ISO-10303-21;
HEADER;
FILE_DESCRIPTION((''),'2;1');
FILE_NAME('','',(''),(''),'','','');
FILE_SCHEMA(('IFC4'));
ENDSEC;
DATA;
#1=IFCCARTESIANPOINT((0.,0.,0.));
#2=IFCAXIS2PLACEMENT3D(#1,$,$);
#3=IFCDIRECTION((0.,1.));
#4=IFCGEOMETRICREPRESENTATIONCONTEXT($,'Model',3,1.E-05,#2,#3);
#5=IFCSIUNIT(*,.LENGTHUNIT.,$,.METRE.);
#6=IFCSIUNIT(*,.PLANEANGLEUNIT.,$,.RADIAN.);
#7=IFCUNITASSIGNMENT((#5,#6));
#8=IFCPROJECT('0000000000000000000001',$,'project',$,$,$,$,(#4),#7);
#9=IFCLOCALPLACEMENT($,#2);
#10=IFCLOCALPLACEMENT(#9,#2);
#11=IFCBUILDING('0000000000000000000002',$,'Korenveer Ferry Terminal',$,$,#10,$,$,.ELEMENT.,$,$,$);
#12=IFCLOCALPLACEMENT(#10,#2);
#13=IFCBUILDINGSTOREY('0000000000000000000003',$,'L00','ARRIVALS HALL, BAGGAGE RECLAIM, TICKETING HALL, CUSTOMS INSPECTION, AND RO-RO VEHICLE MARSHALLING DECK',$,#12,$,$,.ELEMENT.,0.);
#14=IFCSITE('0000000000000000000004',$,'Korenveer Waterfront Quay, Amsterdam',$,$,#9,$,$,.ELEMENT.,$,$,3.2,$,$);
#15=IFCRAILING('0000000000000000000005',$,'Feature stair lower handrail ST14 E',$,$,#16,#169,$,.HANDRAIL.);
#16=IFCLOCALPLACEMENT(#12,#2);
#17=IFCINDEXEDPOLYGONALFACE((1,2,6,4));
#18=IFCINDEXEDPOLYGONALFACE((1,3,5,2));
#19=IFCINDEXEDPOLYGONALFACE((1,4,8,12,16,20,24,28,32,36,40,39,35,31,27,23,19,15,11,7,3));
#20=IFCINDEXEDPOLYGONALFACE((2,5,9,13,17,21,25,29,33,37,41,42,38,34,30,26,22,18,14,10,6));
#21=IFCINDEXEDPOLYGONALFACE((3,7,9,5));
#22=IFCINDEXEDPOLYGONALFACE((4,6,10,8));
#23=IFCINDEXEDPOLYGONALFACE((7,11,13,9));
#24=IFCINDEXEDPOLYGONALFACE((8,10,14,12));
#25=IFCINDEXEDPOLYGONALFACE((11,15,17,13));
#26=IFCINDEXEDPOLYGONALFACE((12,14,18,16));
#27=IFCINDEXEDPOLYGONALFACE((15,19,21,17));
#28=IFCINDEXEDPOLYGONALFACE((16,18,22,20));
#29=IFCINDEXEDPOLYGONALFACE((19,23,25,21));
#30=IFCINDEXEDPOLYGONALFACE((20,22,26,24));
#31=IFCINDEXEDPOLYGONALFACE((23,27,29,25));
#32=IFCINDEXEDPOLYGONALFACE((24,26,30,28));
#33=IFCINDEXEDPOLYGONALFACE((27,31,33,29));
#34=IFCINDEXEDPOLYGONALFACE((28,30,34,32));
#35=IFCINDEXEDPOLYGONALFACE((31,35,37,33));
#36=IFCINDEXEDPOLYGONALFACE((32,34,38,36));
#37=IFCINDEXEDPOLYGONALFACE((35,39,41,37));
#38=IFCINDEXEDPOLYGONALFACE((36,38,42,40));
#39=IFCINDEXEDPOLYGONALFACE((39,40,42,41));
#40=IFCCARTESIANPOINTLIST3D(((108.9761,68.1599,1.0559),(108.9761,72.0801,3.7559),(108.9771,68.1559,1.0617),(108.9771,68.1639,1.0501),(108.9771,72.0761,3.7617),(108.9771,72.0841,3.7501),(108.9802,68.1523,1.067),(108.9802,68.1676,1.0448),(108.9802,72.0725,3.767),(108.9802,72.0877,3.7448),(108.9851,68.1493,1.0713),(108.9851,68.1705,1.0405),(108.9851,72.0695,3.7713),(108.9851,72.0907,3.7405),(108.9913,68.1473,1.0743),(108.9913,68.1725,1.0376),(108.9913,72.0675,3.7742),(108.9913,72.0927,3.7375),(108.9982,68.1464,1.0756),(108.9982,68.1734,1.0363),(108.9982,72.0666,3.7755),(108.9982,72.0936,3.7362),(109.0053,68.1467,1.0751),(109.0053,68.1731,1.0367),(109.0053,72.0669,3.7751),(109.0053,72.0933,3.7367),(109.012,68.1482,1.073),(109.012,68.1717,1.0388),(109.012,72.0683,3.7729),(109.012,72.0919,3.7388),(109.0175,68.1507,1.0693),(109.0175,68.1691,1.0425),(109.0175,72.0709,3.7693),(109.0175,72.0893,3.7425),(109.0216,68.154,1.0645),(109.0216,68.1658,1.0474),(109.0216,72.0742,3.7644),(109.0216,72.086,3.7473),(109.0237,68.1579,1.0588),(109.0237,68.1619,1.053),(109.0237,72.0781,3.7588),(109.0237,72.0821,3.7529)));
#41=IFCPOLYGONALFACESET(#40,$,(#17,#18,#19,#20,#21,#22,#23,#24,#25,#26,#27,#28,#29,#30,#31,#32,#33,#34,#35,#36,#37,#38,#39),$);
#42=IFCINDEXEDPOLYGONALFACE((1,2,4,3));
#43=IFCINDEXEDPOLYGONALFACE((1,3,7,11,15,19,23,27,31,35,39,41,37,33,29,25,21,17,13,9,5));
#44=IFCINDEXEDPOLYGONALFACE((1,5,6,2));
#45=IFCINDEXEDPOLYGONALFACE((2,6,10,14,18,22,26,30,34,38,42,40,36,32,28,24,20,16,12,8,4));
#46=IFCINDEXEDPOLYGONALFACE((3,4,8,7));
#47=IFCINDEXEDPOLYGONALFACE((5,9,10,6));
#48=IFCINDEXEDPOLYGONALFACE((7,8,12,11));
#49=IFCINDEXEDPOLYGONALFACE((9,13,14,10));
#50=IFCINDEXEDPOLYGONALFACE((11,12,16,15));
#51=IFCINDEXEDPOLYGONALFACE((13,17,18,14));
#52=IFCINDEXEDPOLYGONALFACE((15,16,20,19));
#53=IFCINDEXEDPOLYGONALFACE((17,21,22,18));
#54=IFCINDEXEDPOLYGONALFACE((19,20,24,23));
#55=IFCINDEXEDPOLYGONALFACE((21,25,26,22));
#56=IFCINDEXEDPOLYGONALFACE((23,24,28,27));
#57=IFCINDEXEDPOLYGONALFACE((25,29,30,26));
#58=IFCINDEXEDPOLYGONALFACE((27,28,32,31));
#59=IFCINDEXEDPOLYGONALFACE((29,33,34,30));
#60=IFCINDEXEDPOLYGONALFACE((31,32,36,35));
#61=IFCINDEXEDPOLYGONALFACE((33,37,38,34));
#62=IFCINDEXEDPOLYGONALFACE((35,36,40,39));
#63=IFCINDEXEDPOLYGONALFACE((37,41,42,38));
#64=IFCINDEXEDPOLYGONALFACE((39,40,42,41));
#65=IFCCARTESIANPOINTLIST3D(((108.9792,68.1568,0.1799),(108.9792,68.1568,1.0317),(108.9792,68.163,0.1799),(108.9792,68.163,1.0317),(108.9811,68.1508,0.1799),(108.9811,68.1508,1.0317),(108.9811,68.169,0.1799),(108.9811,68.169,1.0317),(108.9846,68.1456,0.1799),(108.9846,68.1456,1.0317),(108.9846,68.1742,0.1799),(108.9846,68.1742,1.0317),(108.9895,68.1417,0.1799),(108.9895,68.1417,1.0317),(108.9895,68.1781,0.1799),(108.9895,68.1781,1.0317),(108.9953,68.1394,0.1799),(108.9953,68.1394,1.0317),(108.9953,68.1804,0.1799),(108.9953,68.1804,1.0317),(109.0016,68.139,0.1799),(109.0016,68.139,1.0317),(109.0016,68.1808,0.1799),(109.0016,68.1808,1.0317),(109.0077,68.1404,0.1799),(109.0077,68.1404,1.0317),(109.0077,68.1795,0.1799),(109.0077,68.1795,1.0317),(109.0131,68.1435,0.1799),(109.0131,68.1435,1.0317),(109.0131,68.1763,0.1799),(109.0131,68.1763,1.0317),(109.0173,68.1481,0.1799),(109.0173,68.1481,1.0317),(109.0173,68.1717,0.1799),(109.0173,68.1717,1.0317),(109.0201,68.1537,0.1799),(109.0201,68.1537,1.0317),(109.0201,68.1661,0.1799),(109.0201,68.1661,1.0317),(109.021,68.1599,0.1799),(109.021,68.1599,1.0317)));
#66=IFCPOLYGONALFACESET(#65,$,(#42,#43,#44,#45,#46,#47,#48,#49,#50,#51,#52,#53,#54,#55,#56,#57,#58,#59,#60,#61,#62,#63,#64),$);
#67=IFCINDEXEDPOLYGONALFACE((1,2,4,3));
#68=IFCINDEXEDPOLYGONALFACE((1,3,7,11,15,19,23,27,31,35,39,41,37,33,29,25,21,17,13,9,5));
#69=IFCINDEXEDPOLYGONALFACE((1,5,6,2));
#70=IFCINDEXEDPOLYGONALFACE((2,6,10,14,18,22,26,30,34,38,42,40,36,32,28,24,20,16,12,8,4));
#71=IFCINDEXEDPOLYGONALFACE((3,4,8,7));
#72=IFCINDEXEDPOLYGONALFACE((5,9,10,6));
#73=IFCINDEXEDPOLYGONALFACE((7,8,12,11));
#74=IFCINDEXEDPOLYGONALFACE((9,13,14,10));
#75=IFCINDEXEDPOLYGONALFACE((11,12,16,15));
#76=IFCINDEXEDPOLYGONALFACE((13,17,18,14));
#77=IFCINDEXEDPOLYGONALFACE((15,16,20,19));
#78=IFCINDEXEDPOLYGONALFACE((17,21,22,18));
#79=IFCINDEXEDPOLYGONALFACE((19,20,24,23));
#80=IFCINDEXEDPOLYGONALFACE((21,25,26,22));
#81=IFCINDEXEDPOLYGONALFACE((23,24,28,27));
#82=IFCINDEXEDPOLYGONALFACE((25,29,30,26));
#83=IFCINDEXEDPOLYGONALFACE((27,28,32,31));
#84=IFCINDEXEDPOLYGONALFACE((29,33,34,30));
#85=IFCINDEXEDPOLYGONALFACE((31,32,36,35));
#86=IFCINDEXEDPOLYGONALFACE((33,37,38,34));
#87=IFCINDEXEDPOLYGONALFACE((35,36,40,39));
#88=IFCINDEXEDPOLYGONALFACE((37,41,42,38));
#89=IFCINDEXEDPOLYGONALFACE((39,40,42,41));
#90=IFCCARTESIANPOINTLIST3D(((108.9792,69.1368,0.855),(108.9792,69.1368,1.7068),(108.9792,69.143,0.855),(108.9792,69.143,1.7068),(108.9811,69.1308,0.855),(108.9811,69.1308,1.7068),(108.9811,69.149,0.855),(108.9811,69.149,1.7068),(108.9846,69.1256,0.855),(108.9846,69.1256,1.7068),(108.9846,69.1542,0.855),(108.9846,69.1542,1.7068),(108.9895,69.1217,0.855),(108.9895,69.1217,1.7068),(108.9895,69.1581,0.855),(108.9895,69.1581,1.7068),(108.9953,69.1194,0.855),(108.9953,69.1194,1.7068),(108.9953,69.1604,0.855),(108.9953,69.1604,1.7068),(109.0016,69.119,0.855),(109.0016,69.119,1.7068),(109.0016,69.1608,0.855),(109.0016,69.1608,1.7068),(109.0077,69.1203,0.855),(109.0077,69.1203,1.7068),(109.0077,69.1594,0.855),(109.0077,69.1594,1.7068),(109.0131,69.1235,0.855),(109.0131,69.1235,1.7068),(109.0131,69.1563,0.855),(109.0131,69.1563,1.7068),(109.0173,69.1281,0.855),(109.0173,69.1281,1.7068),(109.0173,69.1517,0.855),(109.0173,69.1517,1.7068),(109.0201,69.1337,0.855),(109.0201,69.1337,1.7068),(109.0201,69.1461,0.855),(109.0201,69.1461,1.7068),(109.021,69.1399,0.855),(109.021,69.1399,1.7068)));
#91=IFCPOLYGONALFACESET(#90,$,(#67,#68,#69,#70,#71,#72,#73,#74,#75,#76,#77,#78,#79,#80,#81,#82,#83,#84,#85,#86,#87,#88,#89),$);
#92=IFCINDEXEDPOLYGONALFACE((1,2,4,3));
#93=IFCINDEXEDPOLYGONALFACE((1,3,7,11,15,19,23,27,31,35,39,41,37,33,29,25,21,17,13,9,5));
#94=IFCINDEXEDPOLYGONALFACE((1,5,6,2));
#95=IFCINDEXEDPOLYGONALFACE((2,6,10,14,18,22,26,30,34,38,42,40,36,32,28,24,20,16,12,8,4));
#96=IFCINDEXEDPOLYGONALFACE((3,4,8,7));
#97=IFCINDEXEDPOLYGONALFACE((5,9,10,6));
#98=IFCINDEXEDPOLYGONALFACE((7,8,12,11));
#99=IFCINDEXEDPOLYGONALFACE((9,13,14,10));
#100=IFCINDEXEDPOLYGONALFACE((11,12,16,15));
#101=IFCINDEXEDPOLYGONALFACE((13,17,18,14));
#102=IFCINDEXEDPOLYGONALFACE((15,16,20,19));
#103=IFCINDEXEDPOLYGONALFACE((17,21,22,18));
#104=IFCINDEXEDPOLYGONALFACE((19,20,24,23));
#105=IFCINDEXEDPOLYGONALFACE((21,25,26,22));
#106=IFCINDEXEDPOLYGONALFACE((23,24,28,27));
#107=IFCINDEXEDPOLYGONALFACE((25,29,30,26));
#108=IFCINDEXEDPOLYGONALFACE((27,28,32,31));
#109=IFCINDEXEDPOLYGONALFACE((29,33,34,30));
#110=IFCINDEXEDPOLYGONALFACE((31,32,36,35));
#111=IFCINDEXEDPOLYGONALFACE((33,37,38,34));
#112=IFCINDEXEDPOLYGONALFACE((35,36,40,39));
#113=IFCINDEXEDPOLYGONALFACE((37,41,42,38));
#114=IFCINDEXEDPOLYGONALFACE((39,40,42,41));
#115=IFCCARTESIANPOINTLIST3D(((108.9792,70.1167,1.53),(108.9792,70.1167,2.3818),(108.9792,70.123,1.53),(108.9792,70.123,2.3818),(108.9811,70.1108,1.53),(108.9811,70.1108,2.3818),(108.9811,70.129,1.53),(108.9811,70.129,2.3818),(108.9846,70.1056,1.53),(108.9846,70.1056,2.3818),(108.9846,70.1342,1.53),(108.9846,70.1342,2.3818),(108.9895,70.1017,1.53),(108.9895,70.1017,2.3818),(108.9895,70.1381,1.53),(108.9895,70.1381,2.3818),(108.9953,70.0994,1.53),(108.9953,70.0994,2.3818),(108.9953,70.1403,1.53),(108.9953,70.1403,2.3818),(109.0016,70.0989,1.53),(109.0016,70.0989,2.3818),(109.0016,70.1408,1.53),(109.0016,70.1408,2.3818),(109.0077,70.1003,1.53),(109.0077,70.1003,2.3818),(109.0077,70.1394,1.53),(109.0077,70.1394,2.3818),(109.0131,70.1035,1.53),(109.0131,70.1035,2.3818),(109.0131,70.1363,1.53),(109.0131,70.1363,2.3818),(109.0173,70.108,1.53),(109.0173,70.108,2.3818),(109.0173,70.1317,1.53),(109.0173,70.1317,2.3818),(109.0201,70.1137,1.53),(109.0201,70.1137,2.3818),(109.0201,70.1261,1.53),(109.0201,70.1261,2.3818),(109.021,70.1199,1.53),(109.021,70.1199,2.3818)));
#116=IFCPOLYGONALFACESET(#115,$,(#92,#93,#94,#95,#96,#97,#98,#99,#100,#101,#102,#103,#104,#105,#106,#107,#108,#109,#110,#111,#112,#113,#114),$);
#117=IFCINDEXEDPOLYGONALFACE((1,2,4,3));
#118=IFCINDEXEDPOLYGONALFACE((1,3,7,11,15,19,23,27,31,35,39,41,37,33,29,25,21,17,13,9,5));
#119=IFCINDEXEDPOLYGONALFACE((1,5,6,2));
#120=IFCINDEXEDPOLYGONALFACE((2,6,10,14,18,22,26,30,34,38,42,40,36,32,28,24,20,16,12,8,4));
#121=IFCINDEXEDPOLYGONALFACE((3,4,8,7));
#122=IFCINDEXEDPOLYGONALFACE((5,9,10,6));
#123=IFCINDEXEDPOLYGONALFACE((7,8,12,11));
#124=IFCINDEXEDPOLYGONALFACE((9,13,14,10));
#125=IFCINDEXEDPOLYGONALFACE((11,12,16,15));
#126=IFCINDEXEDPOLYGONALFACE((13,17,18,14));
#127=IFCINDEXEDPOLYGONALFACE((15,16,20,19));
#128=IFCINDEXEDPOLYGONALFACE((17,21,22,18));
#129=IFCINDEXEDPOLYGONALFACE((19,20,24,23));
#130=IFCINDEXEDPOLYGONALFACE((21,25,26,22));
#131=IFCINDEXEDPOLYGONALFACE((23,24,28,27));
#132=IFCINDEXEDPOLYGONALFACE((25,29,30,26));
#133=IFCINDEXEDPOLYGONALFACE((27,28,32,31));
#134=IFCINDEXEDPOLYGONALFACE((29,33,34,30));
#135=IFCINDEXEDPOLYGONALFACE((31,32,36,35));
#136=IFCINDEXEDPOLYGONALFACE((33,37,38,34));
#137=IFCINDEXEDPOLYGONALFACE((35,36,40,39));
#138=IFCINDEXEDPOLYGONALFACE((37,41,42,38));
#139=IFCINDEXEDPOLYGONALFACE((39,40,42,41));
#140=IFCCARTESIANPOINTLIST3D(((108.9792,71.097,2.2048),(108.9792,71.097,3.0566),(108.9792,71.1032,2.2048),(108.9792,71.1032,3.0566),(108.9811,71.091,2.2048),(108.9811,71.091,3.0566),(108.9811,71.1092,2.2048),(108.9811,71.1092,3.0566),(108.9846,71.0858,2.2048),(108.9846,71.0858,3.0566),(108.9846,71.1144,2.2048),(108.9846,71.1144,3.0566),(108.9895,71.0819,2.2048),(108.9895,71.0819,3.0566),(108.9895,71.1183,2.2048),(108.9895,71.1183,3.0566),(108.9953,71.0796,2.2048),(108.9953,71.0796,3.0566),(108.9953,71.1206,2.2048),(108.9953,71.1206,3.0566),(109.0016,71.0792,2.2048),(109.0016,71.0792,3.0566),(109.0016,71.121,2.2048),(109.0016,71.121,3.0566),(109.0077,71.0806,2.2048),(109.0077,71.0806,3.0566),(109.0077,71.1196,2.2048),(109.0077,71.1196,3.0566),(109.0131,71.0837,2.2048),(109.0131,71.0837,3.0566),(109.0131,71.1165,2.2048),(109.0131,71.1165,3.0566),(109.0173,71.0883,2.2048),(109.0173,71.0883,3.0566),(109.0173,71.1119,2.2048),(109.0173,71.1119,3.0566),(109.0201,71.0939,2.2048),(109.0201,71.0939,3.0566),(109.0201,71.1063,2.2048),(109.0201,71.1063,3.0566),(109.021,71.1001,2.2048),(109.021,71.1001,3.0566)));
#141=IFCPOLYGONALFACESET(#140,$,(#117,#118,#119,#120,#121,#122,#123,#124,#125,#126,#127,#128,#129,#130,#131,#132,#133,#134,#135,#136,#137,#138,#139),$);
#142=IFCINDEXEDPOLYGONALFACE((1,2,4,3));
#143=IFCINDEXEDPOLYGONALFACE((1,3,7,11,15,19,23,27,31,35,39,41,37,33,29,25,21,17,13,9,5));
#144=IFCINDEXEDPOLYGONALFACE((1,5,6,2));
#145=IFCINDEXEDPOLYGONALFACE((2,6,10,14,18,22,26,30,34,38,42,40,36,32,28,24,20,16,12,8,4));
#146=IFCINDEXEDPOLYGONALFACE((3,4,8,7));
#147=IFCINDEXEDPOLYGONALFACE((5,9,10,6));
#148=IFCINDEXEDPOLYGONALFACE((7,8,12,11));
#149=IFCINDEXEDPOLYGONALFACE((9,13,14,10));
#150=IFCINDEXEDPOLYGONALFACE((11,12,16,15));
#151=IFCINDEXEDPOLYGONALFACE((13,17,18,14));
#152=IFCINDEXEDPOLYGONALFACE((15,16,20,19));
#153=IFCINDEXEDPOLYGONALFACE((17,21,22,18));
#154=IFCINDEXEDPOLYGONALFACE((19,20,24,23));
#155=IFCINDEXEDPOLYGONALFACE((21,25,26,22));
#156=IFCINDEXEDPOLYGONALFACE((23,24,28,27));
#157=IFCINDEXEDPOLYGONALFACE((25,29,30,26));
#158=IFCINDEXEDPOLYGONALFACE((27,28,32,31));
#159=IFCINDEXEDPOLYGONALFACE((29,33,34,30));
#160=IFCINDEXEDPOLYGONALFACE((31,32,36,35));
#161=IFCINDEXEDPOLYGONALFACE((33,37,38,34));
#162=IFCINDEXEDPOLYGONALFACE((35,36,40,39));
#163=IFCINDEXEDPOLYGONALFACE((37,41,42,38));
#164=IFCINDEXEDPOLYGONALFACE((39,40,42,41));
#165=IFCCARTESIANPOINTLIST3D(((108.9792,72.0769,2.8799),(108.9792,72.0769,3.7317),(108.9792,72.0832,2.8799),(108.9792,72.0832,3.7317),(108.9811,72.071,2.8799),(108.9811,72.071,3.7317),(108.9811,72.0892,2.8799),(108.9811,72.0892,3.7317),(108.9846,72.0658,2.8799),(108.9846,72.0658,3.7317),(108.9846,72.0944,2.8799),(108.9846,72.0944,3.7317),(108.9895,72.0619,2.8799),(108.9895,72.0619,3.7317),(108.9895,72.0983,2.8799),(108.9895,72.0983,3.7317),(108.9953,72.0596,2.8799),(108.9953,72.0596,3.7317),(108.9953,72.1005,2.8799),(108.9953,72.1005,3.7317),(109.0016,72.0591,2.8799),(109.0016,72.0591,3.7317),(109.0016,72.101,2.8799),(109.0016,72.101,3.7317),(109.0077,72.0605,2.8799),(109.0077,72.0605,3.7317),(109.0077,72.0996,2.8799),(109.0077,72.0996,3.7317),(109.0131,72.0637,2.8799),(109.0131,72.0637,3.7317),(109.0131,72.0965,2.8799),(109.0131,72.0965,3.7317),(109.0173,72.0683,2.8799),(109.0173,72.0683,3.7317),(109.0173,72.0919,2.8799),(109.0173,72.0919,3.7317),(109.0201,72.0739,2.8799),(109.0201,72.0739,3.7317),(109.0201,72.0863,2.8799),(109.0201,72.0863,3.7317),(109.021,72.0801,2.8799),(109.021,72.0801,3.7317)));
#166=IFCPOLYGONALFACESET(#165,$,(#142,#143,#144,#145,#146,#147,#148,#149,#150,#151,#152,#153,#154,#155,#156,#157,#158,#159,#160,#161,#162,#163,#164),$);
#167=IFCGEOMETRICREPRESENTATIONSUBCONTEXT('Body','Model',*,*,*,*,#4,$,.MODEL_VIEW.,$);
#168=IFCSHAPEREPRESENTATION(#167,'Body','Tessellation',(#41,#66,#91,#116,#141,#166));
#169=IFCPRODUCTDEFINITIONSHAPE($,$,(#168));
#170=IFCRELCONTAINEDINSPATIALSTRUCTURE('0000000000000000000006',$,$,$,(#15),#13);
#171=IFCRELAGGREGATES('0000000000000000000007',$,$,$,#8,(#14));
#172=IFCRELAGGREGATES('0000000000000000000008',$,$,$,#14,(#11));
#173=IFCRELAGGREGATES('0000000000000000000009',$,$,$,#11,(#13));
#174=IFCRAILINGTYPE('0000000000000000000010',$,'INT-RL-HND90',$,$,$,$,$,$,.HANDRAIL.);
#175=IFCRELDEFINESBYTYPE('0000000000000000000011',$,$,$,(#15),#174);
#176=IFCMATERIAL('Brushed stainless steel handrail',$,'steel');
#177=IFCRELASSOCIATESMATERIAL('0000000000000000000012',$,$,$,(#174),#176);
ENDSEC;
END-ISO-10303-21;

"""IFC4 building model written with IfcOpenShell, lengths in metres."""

from ifc_helpers import new_model, si_unit, direction, frame, origin, origin_2d, place, context, subcontext, project, spatial, circle, extrude, material, type_object, element, save


model = new_model("IFC4")

# Units and contexts
model_context = context("Model", 3, precision=1e-05, world=origin(), true_north=direction((0.0, 1.0)))
body_context = subcontext(model_context, "Body", "Model", "MODEL_VIEW")
ifc_project = project(units=[si_unit("LENGTHUNIT", "METRE"), si_unit("PLANEANGLEUNIT", "RADIAN")], contexts=[model_context])

# Site, building, storey
site_placement = place(None, origin())
site = spatial("IfcSite", under=ifc_project, at=site_placement, Name="Korenveer Waterfront Quay, Amsterdam", CompositionType="ELEMENT", RefElevation=3.2)
building_placement = place(site_placement, origin())
building = spatial("IfcBuilding", under=site, at=building_placement, Name="Korenveer Ferry Terminal", CompositionType="ELEMENT")
storey_placement = place(building_placement, origin())
storey = spatial("IfcBuildingStorey", under=building, at=storey_placement, Name="L00", Description="ARRIVALS HALL, BAGGAGE RECLAIM, TICKETING HALL, CUSTOMS INSPECTION, AND RO-RO VEHICLE MARSHALLING DECK", CompositionType="ELEMENT", Elevation=0.0)

# Railing
ifc_material_1 = material(Name="Brushed stainless steel handrail", Category="steel")
railing_type_1 = type_object("IfcRailingType", Name="INT-RL-HND90", PredefinedType="HANDRAIL", material=ifc_material_1)
railing_1_placement = place(storey_placement, frame((109.0, 68.1599, 0.1799)))
element("IfcRailing", 1, at=railing_1_placement, inside=storey, type_object=railing_type_1, Name="Feature stair lower handrail ST14 E", PredefinedType="HANDRAIL", context=body_context, shape_type="SweptSolid", body=[
    extrude(circle(Radius=0.0239, at=origin_2d()), frame((0.0, 0.0, 0.876), z_axis=(0.0, 0.823567, 0.567219), x_axis=(-1.0, 0.0, 0.0)), (0.0, 0.0, 1.0), 4.76),
    extrude(circle(Radius=0.021, at=origin_2d()), origin(), (0.0, 0.0, 1.0), 0.8518),
    extrude(circle(Radius=0.021, at=origin_2d()), frame((0.0, 0.98, 0.675)), (0.0, 0.0, 1.0), 0.8518),
    extrude(circle(Radius=0.021, at=origin_2d()), frame((0.0, 1.96, 1.3501)), (0.0, 0.0, 1.0), 0.8518),
    extrude(circle(Radius=0.021, at=origin_2d()), frame((0.0, 2.9402, 2.0249)), (0.0, 0.0, 1.0), 0.8518),
    extrude(circle(Radius=0.021, at=origin_2d()), frame((0.0, 3.9202, 2.7)), (0.0, 0.0, 1.0), 0.8518),
])

save(model, "model.ifc")
